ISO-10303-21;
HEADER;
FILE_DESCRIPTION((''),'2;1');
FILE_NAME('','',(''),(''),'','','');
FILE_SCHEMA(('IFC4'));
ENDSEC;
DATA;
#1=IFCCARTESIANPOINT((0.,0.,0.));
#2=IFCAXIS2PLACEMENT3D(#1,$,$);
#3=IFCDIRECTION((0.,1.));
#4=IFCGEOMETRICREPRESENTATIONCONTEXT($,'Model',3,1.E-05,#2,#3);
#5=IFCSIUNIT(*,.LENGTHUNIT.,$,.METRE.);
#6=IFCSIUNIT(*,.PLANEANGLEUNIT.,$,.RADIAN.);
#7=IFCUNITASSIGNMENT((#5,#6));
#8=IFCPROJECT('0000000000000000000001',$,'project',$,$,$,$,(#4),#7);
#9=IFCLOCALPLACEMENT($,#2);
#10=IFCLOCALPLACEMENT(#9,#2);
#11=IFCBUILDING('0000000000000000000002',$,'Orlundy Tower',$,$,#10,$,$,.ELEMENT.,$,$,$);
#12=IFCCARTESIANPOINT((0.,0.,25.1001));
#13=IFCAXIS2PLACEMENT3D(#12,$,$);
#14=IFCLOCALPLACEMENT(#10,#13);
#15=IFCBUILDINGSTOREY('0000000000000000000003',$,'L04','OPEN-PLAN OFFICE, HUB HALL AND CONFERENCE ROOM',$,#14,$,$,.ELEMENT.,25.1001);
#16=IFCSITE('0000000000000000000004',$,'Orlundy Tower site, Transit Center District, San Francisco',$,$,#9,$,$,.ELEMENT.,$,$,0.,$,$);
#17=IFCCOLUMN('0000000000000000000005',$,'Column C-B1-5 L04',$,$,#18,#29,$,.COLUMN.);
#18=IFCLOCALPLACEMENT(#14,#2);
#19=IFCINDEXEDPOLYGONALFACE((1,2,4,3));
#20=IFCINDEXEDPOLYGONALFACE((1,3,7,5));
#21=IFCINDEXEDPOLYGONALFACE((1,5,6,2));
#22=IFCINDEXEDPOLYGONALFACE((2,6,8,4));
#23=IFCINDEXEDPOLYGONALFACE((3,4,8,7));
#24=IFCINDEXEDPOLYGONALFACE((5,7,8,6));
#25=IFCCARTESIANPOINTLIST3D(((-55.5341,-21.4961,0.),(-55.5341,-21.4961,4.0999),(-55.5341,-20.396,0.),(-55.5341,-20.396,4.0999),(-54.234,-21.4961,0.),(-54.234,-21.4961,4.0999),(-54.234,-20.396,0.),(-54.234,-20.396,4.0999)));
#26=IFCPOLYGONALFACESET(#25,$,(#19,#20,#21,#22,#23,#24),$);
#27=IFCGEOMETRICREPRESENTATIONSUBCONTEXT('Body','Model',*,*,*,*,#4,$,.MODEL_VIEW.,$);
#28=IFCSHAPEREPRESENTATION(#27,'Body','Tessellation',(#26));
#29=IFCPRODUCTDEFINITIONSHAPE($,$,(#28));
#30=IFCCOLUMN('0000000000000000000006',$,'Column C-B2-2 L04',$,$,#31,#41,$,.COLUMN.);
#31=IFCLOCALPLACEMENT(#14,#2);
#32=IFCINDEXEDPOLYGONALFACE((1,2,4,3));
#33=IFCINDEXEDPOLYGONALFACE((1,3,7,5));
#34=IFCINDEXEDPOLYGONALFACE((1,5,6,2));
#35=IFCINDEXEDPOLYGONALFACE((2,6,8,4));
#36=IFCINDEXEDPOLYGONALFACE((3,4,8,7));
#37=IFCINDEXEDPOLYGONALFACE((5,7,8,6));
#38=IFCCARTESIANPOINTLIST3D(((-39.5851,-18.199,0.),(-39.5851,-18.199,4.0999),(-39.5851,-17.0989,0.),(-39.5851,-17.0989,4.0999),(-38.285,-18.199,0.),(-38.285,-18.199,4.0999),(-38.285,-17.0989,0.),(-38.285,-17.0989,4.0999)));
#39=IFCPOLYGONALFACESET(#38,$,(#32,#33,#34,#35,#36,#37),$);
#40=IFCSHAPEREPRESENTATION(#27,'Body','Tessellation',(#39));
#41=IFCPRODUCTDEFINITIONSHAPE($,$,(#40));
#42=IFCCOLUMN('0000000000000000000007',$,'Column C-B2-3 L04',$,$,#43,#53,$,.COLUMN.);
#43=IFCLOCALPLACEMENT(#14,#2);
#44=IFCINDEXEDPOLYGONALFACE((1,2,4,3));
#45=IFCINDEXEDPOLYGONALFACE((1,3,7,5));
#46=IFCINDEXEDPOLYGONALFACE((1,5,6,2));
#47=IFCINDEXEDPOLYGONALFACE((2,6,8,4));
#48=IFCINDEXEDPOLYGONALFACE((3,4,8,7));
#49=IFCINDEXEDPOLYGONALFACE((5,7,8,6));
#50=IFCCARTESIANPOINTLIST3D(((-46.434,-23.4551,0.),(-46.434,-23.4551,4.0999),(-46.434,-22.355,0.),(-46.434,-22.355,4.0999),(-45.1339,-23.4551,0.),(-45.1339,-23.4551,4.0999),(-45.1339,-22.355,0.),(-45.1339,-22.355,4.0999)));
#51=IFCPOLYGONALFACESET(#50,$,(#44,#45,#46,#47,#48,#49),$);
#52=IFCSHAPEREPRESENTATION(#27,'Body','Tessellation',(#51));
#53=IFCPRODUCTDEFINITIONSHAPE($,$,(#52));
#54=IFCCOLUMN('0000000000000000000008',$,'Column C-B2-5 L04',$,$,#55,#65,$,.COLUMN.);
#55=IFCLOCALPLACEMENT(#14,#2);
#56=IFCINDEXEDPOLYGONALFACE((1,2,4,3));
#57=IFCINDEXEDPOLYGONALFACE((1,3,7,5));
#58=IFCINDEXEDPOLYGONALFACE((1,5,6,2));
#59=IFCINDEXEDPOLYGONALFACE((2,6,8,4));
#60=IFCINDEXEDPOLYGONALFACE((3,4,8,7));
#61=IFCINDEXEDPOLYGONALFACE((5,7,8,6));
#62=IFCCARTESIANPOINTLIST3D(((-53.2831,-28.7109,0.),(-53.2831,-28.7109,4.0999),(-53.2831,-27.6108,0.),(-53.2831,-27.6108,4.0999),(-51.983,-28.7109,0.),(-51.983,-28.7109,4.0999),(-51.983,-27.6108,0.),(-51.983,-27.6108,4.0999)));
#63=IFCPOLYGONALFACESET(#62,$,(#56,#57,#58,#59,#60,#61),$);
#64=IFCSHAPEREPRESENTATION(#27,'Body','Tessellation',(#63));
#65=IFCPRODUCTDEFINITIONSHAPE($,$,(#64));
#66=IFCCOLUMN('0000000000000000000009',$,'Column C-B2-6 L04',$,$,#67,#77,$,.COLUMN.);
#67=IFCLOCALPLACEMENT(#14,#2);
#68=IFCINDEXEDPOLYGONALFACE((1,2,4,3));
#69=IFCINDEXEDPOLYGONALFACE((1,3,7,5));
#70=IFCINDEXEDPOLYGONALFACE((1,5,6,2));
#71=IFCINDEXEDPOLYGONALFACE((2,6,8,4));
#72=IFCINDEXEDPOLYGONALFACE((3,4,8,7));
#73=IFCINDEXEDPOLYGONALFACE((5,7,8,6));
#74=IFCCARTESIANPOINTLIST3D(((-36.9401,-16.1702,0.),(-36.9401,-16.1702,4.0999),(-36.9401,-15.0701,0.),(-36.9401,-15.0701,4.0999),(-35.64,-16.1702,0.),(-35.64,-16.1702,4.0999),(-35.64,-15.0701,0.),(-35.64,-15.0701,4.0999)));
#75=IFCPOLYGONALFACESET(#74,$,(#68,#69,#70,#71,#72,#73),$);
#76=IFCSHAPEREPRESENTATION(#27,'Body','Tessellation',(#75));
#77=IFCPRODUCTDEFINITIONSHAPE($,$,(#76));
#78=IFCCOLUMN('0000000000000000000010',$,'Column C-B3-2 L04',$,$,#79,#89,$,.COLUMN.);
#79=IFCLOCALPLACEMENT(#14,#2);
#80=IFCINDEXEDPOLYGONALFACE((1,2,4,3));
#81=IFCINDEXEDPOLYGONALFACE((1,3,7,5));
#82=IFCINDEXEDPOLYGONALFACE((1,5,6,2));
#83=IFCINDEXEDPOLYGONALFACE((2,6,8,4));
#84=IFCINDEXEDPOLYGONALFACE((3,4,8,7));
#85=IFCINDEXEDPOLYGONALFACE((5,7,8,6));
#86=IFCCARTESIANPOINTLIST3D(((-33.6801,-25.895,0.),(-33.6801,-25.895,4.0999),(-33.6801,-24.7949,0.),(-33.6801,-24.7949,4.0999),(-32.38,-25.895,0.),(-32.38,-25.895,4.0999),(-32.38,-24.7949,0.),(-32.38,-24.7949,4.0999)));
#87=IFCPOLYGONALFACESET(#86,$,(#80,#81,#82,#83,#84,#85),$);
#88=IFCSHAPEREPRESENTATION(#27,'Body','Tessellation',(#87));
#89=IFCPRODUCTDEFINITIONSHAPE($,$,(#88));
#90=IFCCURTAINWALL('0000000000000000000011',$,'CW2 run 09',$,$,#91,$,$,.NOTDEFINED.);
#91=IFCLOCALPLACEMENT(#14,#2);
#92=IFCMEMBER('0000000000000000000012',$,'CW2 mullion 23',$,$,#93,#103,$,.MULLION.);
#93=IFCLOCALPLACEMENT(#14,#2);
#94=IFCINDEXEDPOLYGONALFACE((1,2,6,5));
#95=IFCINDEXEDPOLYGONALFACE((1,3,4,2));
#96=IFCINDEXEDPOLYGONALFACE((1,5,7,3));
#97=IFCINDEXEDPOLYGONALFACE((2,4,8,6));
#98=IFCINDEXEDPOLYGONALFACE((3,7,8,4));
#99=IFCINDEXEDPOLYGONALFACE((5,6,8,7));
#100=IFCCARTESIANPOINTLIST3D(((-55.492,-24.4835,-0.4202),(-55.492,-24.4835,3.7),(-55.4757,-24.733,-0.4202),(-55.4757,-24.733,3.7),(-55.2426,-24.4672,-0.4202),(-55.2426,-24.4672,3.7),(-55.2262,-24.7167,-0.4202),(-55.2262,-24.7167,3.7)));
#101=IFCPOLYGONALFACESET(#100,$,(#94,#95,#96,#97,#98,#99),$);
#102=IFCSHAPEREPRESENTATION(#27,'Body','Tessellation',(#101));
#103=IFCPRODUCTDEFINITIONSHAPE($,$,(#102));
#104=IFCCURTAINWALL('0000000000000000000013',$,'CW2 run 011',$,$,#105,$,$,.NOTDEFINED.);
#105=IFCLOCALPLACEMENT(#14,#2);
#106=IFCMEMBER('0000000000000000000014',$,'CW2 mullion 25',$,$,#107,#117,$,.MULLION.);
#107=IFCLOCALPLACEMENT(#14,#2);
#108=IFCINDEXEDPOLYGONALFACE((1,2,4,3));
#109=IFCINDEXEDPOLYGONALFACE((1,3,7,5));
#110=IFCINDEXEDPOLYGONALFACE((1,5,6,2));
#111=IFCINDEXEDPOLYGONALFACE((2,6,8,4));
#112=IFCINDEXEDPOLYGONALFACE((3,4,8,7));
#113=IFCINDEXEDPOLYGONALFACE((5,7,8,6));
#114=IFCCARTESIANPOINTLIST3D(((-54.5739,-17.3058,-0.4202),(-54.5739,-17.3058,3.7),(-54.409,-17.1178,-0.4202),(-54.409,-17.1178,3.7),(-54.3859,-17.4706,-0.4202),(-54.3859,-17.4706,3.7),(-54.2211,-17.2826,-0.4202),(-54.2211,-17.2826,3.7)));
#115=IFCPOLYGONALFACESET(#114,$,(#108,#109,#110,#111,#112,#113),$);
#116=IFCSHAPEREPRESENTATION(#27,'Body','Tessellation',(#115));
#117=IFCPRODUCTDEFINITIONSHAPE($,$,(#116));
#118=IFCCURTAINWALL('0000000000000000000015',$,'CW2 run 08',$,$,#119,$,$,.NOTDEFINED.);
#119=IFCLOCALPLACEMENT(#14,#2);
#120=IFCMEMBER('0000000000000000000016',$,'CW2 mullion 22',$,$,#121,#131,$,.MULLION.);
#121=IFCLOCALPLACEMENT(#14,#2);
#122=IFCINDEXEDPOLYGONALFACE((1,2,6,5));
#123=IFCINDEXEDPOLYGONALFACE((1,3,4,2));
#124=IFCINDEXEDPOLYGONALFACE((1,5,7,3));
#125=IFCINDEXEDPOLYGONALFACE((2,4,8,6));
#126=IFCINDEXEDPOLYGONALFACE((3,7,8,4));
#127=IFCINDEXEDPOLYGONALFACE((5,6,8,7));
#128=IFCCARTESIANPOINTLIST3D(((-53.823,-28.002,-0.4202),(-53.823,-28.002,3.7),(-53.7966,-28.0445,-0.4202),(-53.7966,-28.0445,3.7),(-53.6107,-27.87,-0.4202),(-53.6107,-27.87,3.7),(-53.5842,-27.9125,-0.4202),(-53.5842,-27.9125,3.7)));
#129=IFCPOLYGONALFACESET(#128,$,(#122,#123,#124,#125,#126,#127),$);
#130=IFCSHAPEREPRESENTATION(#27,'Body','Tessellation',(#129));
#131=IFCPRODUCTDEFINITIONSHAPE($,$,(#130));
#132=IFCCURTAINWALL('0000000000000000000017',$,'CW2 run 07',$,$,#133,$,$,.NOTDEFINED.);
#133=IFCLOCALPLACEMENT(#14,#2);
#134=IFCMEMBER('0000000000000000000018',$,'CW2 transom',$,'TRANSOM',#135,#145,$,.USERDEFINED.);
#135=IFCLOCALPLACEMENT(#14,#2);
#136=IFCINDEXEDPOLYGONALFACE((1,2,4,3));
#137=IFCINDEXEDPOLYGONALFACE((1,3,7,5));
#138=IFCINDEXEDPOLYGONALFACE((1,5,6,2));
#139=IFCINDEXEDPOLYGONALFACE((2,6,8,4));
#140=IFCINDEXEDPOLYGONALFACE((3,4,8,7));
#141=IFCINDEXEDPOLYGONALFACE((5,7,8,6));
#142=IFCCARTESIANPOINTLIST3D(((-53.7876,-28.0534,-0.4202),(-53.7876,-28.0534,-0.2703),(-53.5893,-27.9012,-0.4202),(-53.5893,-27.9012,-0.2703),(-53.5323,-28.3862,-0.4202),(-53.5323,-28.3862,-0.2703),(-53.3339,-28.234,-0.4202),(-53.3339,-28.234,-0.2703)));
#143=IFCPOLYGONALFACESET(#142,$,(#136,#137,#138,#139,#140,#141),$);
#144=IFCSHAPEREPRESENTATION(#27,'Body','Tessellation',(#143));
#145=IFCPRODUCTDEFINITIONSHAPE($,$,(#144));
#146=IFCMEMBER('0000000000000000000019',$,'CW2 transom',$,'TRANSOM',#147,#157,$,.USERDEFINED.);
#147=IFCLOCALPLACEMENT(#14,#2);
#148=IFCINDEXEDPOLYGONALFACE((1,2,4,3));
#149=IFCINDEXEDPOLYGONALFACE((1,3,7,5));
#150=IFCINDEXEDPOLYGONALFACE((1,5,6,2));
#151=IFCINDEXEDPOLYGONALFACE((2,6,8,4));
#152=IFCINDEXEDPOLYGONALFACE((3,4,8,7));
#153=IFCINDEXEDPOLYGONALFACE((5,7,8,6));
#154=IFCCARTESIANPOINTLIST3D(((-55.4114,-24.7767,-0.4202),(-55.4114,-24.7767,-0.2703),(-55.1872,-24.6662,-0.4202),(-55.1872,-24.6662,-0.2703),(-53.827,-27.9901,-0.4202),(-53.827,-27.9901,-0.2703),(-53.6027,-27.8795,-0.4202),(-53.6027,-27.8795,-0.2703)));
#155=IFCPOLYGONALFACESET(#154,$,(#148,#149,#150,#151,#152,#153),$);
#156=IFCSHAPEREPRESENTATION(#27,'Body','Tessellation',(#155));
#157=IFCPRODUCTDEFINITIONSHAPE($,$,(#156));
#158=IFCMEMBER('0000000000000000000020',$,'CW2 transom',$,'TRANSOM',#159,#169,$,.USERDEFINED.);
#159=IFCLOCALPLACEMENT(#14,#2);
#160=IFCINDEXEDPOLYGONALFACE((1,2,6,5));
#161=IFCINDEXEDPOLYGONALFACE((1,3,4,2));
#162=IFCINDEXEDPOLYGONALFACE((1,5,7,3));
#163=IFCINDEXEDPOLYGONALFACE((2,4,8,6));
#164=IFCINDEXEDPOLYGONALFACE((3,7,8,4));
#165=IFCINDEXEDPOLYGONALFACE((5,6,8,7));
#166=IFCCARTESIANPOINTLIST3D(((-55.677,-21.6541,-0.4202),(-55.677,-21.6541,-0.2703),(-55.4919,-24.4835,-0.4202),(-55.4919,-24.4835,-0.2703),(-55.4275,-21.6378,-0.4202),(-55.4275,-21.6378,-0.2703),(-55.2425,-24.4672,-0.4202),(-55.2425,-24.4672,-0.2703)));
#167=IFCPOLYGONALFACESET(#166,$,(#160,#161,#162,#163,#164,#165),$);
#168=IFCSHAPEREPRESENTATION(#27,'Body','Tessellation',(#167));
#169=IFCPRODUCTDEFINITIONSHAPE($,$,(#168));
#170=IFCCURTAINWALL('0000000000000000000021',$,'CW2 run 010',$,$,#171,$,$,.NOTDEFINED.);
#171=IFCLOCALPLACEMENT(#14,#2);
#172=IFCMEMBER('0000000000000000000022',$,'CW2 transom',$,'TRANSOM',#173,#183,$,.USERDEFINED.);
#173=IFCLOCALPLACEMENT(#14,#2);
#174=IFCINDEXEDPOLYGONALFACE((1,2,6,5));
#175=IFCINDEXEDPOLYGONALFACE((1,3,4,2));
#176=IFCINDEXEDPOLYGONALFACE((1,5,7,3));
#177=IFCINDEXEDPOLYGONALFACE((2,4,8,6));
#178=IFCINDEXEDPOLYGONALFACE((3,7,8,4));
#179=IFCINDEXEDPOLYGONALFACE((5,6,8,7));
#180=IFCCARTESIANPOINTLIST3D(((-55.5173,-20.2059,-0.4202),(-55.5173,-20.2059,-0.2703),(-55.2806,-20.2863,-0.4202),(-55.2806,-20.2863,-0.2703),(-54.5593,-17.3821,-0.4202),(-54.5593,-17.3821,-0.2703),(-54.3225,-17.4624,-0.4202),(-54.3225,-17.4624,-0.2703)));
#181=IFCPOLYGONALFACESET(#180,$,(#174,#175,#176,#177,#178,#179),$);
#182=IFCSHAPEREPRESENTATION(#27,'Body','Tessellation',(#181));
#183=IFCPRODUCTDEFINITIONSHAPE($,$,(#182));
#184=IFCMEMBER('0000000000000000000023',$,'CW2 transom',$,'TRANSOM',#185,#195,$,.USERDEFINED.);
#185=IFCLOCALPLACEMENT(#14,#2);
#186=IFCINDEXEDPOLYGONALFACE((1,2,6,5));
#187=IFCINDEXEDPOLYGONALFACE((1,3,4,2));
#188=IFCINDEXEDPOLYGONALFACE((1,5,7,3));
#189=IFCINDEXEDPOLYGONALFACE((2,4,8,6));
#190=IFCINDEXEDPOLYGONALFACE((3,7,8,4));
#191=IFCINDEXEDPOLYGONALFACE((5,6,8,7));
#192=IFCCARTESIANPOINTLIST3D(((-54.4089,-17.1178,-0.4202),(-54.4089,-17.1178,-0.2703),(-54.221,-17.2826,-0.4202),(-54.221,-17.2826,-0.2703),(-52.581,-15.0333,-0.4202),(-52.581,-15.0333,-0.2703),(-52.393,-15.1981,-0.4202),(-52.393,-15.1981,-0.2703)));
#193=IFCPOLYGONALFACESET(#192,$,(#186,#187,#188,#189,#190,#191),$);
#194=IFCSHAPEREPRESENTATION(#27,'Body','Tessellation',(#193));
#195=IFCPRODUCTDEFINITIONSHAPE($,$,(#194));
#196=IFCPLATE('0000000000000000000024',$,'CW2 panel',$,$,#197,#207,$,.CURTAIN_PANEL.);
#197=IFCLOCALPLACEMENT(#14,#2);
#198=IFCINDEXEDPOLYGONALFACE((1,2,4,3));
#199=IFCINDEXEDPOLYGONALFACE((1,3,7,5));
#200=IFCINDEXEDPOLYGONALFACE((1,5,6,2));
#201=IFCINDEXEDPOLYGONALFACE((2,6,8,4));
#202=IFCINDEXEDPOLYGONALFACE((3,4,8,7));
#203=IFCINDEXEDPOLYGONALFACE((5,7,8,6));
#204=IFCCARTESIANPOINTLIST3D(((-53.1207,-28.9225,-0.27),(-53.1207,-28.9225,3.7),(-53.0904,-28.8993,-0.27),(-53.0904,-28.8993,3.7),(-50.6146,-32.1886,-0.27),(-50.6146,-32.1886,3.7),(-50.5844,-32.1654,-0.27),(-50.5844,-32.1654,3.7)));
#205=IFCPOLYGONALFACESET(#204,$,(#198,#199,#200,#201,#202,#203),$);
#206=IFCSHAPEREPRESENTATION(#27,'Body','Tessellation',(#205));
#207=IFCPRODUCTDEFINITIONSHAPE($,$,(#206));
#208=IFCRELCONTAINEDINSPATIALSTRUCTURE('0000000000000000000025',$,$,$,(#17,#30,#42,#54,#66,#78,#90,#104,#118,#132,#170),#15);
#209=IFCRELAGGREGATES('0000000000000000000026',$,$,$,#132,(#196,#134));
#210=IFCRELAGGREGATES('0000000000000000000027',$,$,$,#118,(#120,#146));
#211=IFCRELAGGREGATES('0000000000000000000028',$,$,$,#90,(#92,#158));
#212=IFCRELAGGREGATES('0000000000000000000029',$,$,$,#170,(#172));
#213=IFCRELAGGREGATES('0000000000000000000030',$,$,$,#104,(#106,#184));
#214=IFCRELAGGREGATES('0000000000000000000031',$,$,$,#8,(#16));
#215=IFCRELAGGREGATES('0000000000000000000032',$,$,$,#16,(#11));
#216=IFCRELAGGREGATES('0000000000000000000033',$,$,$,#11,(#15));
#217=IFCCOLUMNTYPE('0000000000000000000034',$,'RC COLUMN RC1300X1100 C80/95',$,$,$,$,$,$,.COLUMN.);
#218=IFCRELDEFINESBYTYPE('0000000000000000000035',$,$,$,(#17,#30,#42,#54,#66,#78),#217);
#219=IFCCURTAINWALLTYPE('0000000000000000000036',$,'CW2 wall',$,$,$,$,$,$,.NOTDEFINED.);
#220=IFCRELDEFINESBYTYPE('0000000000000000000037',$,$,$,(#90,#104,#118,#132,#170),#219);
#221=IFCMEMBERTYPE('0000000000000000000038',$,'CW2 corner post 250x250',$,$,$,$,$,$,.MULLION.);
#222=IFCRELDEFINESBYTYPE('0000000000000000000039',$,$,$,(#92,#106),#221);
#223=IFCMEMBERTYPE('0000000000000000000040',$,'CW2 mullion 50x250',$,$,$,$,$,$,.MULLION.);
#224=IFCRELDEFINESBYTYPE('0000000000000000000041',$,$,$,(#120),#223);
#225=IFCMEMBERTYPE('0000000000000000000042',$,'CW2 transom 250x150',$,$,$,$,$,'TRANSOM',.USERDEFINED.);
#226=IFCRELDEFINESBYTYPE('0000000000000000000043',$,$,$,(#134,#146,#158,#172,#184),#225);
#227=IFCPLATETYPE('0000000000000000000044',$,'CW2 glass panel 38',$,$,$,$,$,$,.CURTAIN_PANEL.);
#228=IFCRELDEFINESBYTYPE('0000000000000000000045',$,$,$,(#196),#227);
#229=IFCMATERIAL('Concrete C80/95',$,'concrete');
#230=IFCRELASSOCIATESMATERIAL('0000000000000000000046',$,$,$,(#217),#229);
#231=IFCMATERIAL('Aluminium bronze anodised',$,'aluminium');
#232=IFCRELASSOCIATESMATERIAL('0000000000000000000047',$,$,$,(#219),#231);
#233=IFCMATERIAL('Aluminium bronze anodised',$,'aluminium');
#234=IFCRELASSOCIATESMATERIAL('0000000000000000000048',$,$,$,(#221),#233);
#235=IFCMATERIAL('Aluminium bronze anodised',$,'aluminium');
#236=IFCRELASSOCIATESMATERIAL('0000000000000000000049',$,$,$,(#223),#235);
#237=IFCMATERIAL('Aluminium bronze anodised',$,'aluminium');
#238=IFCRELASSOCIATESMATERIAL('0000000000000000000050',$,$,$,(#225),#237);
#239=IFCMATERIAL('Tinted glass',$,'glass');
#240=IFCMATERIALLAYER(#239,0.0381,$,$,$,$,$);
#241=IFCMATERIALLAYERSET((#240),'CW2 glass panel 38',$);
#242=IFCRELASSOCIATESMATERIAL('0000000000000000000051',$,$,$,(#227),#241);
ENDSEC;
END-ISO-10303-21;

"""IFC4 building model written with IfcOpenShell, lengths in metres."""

from ifc_helpers import new_model, si_unit, direction, frame, origin, origin_2d, place, context, subcontext, project, spatial, rectangle, extrude, material, layer, layer_set, material_profile, profile_set, type_object, element, aggregate, save


model = new_model("IFC4")

# Units and contexts
model_context = context("Model", 3, precision=1e-05, world=origin(), true_north=direction((0.0, 1.0)))
body_context = subcontext(model_context, "Body", "Model", "MODEL_VIEW")
ifc_project = project(units=[si_unit("LENGTHUNIT", "METRE"), si_unit("PLANEANGLEUNIT", "RADIAN")], contexts=[model_context])

# Site, building, storey
site_placement = place(None, origin())
site = spatial("IfcSite", under=ifc_project, at=site_placement, Name="Orlundy Tower site, Transit Center District, San Francisco", CompositionType="ELEMENT", RefElevation=0.0)
building_placement = place(site_placement, origin())
building = spatial("IfcBuilding", under=site, at=building_placement, Name="Orlundy Tower", CompositionType="ELEMENT")
storey_placement = place(building_placement, frame((0.0, 0.0, 25.1001)))
storey = spatial("IfcBuildingStorey", under=building, at=storey_placement, Name="L04", Description="OPEN-PLAN OFFICE, HUB HALL AND CONFERENCE ROOM", CompositionType="ELEMENT", Elevation=25.1001)

# Columns
ifc_material_1 = material(Name="Concrete C80/95", Category="concrete")
ifc_material_profile_1 = material_profile(ifc_material_1, rectangle(XDim=1.3, YDim=1.1001, at=origin_2d()), Name="RC1300X1100")
ifc_profile_set_1 = profile_set([ifc_material_profile_1], Name="Concrete C80/95")
column_type = type_object("IfcColumnType", Name="RC COLUMN RC1300X1100 C80/95", PredefinedType="COLUMN", material=ifc_profile_set_1)
for number, where, z_axis, x_axis, name in (
    (1, (-54.884, -20.946, 0.0), (0.0, 0.0, 1.0), (1.0, 0.0, 0.0), "Column C-B1-5 L04"),
    (2, (-38.9351, -17.6489, 0.0), (0.0, 0.0, 1.0), (1.0, 0.0, 0.0), "Column C-B2-2 L04"),
    (3, (-45.7839, -22.905, 0.0), (0.0, 0.0, 1.0), (1.0, 0.0, 0.0), "Column C-B2-3 L04"),
    (4, (-52.6331, -28.1609, 0.0), (0.0, 0.0, 1.0), (1.0, 0.0, 0.0), "Column C-B2-5 L04"),
    (5, (-36.29, -15.6201, 0.0), (0.0, 0.0, 1.0), (1.0, 0.0, 0.0), "Column C-B2-6 L04"),
    (6, (-33.03, -25.345, 0.0), (0.0, 0.0, 1.0), (1.0, 0.0, 0.0), "Column C-B3-2 L04"),
):
    element("IfcColumn", number, at=place(storey_placement, frame(where, z_axis=z_axis, x_axis=x_axis)), inside=storey, type_object=column_type, Name=name, PredefinedType="COLUMN", context=body_context, shape_type="SweptSolid", body=[
        extrude(rectangle(XDim=1.3, YDim=1.1001, at=origin_2d()), origin(), (0.0, 0.0, 1.0), 4.0999),
    ])

# Curtain walls, members
ifc_material_2 = material(Name="Aluminium bronze anodised", Category="aluminium")
curtain_wall_type = type_object("IfcCurtainWallType", Name="CW2 wall", PredefinedType="NOTDEFINED", material=ifc_material_2)
curtain_wall_1_placement = place(storey_placement, origin())
curtain_wall_1 = element("IfcCurtainWall", 7, at=curtain_wall_1_placement, inside=storey, type_object=curtain_wall_type, Name="CW2 run 09", PredefinedType="NOTDEFINED")
ifc_material_3 = material(Name="Aluminium bronze anodised", Category="aluminium")
ifc_material_profile_2 = material_profile(ifc_material_3, rectangle(XDim=0.25, YDim=0.25, at=origin_2d()), Name="CW2 corner post 250x250")
ifc_profile_set_2 = profile_set([ifc_material_profile_2], Name="Aluminium bronze anodised")
member_type_1 = type_object("IfcMemberType", Name="CW2 corner post 250x250", PredefinedType="MULLION", material=ifc_profile_set_2)
member_1_placement = place(storey_placement, frame((-55.3591, -24.6001, -0.4202), z_axis=(0.0, 0.0, 1.0), x_axis=(-0.997867, -0.065284, 0.0)))
member_1 = element("IfcMember", 8, at=member_1_placement, type_object=member_type_1, Name="CW2 mullion 23", PredefinedType="MULLION", context=body_context, shape_type="SweptSolid", body=[
    extrude(rectangle(XDim=0.25, YDim=0.25, at=origin_2d()), origin(), (0.0, 0.0, 1.0), 4.1201),
])
curtain_wall_2_placement = place(storey_placement, origin())
curtain_wall_2 = element("IfcCurtainWall", 9, at=curtain_wall_2_placement, inside=storey, type_object=curtain_wall_type, Name="CW2 run 011", PredefinedType="NOTDEFINED")
member_2_placement = place(storey_placement, frame((-54.3975, -17.2942, -0.4202), z_axis=(0.0, 0.0, 1.0), x_axis=(-0.751858, 0.659325, 0.0)))
member_2 = element("IfcMember", 10, at=member_2_placement, type_object=member_type_1, Name="CW2 mullion 25", PredefinedType="MULLION", context=body_context, shape_type="SweptSolid", body=[
    extrude(rectangle(XDim=0.25, YDim=0.25, at=origin_2d()), origin(), (0.0, 0.0, 1.0), 4.1201),
])
curtain_wall_3_placement = place(storey_placement, origin())
curtain_wall_3 = element("IfcCurtainWall", 11, at=curtain_wall_3_placement, inside=storey, type_object=curtain_wall_type, Name="CW2 run 08", PredefinedType="NOTDEFINED")
ifc_material_4 = material(Name="Aluminium bronze anodised", Category="aluminium")
ifc_material_profile_3 = material_profile(ifc_material_4, rectangle(XDim=0.25, YDim=0.05, at=origin_2d()), Name="CW2 mullion 50x250")
ifc_profile_set_3 = profile_set([ifc_material_profile_3], Name="Aluminium bronze anodised")
member_type_2 = type_object("IfcMemberType", Name="CW2 mullion 50x250", PredefinedType="MULLION", material=ifc_profile_set_3)
member_3_placement = place(storey_placement, frame((-53.7036, -27.9573, -0.4202), z_axis=(0.0, 0.0, 1.0), x_axis=(-0.84922, -0.528039, 0.0)))
member_3 = element("IfcMember", 12, at=member_3_placement, type_object=member_type_2, Name="CW2 mullion 22", PredefinedType="MULLION", context=body_context, shape_type="SweptSolid", body=[
    extrude(rectangle(XDim=0.25, YDim=0.05, at=origin_2d()), origin(), (0.0, 0.0, 1.0), 4.1201),
])
curtain_wall_4_placement = place(storey_placement, origin())
curtain_wall_4 = element("IfcCurtainWall", 13, at=curtain_wall_4_placement, inside=storey, type_object=curtain_wall_type, Name="CW2 run 07", PredefinedType="NOTDEFINED")
ifc_material_5 = material(Name="Aluminium bronze anodised", Category="aluminium")
ifc_material_profile_4 = material_profile(ifc_material_5, rectangle(XDim=0.25, YDim=0.1499, at=origin_2d()), Name="CW2 transom 250x150")
ifc_profile_set_4 = profile_set([ifc_material_profile_4], Name="Aluminium bronze anodised")
member_type_3 = type_object("IfcMemberType", Name="CW2 transom 250x150", ElementType="TRANSOM", PredefinedType="USERDEFINED", material=ifc_profile_set_4)
member_4_placement = place(storey_placement, frame((-53.4331, -28.3101, -0.3452), z_axis=(-0.60881, 0.793316, 0.0), x_axis=(-0.793316, -0.60881, 0.0)))
member_4 = element("IfcMember", 14, at=member_4_placement, type_object=member_type_3, Name="CW2 transom", ObjectType="TRANSOM", PredefinedType="USERDEFINED", context=body_context, shape_type="SweptSolid", body=[
    extrude(rectangle(XDim=0.25, YDim=0.1499, at=origin_2d()), origin(), (0.0, 0.0, 1.0), 0.4194),
])

# Members
member_5_placement = place(storey_placement, frame((-53.7148, -27.9348, -0.3452), z_axis=(-0.442246, 0.896894, 0.0), x_axis=(-0.896894, -0.442246, 0.0)))
member_5 = element("IfcMember", 15, at=member_5_placement, type_object=member_type_3, Name="CW2 transom", ObjectType="TRANSOM", PredefinedType="USERDEFINED", context=body_context, shape_type="SweptSolid", body=[
    extrude(rectangle(XDim=0.25, YDim=0.1499, at=origin_2d()), origin(), (0.0, 0.0, 1.0), 3.5828),
])
member_6_placement = place(storey_placement, frame((-55.3672, -24.4753, -0.3452), z_axis=(-0.065267, 0.997868, 0.0), x_axis=(-0.997868, -0.065267, 0.0)))
member_6 = element("IfcMember", 16, at=member_6_placement, type_object=member_type_3, Name="CW2 transom", ObjectType="TRANSOM", PredefinedType="USERDEFINED", context=body_context, shape_type="SweptSolid", body=[
    extrude(rectangle(XDim=0.25, YDim=0.1499, at=origin_2d()), origin(), (0.0, 0.0, 1.0), 2.8354),
])

# Curtain wall, member
curtain_wall_5_placement = place(storey_placement, origin())
curtain_wall_5 = element("IfcCurtainWall", 17, at=curtain_wall_5_placement, inside=storey, type_object=curtain_wall_type, Name="CW2 run 010", PredefinedType="NOTDEFINED")
member_7_placement = place(storey_placement, frame((-55.3989, -20.2461, -0.3452), z_axis=(0.321283, 0.946983, 0.0), x_axis=(-0.946983, 0.321283, 0.0)))
member_7 = element("IfcMember", 18, at=member_7_placement, type_object=member_type_3, Name="CW2 transom", ObjectType="TRANSOM", PredefinedType="USERDEFINED", context=body_context, shape_type="SweptSolid", body=[
    extrude(rectangle(XDim=0.25, YDim=0.1499, at=origin_2d()), origin(), (0.0, 0.0, 1.0), 2.9819),
])

# Member
member_8_placement = place(storey_placement, frame((-54.3149, -17.2002, -0.3452), z_axis=(0.659315, 0.751867, 0.0), x_axis=(-0.751867, 0.659315, 0.0)))
member_8 = element("IfcMember", 19, at=member_8_placement, type_object=member_type_3, Name="CW2 transom", ObjectType="TRANSOM", PredefinedType="USERDEFINED", context=body_context, shape_type="SweptSolid", body=[
    extrude(rectangle(XDim=0.25, YDim=0.1499, at=origin_2d()), origin(), (0.0, 0.0, 1.0), 2.7725),
])

# Plate
ifc_material_6 = material(Name="Tinted glass", Category="glass")
ifc_layer_1 = layer(ifc_material_6, 0.0381)
ifc_layer_set_1 = layer_set([ifc_layer_1], Name="CW2 glass panel 38")
plate_type = type_object("IfcPlateType", Name="CW2 glass panel 38", PredefinedType="CURTAIN_PANEL", material=ifc_layer_set_1)
plate_1_placement = place(storey_placement, frame((-51.8525, -30.5439, -0.27), z_axis=(0.0, 0.0, 1.0), x_axis=(-0.608748, 0.793363, 0.0)))
plate_1 = element("IfcPlate", 20, at=plate_1_placement, type_object=plate_type, Name="CW2 panel", PredefinedType="CURTAIN_PANEL", context=body_context, shape_type="SweptSolid", body=[
    extrude(rectangle(XDim=4.1167, YDim=0.0381, at=origin_2d()), origin(), (0.0, 0.0, 1.0), 3.97),
])
aggregate(curtain_wall_4, [plate_1, member_4])
aggregate(curtain_wall_3, [member_3, member_5])
aggregate(curtain_wall_1, [member_1, member_6])
aggregate(curtain_wall_5, [member_7])
aggregate(curtain_wall_2, [member_2, member_8])

save(model, "model.ifc")
